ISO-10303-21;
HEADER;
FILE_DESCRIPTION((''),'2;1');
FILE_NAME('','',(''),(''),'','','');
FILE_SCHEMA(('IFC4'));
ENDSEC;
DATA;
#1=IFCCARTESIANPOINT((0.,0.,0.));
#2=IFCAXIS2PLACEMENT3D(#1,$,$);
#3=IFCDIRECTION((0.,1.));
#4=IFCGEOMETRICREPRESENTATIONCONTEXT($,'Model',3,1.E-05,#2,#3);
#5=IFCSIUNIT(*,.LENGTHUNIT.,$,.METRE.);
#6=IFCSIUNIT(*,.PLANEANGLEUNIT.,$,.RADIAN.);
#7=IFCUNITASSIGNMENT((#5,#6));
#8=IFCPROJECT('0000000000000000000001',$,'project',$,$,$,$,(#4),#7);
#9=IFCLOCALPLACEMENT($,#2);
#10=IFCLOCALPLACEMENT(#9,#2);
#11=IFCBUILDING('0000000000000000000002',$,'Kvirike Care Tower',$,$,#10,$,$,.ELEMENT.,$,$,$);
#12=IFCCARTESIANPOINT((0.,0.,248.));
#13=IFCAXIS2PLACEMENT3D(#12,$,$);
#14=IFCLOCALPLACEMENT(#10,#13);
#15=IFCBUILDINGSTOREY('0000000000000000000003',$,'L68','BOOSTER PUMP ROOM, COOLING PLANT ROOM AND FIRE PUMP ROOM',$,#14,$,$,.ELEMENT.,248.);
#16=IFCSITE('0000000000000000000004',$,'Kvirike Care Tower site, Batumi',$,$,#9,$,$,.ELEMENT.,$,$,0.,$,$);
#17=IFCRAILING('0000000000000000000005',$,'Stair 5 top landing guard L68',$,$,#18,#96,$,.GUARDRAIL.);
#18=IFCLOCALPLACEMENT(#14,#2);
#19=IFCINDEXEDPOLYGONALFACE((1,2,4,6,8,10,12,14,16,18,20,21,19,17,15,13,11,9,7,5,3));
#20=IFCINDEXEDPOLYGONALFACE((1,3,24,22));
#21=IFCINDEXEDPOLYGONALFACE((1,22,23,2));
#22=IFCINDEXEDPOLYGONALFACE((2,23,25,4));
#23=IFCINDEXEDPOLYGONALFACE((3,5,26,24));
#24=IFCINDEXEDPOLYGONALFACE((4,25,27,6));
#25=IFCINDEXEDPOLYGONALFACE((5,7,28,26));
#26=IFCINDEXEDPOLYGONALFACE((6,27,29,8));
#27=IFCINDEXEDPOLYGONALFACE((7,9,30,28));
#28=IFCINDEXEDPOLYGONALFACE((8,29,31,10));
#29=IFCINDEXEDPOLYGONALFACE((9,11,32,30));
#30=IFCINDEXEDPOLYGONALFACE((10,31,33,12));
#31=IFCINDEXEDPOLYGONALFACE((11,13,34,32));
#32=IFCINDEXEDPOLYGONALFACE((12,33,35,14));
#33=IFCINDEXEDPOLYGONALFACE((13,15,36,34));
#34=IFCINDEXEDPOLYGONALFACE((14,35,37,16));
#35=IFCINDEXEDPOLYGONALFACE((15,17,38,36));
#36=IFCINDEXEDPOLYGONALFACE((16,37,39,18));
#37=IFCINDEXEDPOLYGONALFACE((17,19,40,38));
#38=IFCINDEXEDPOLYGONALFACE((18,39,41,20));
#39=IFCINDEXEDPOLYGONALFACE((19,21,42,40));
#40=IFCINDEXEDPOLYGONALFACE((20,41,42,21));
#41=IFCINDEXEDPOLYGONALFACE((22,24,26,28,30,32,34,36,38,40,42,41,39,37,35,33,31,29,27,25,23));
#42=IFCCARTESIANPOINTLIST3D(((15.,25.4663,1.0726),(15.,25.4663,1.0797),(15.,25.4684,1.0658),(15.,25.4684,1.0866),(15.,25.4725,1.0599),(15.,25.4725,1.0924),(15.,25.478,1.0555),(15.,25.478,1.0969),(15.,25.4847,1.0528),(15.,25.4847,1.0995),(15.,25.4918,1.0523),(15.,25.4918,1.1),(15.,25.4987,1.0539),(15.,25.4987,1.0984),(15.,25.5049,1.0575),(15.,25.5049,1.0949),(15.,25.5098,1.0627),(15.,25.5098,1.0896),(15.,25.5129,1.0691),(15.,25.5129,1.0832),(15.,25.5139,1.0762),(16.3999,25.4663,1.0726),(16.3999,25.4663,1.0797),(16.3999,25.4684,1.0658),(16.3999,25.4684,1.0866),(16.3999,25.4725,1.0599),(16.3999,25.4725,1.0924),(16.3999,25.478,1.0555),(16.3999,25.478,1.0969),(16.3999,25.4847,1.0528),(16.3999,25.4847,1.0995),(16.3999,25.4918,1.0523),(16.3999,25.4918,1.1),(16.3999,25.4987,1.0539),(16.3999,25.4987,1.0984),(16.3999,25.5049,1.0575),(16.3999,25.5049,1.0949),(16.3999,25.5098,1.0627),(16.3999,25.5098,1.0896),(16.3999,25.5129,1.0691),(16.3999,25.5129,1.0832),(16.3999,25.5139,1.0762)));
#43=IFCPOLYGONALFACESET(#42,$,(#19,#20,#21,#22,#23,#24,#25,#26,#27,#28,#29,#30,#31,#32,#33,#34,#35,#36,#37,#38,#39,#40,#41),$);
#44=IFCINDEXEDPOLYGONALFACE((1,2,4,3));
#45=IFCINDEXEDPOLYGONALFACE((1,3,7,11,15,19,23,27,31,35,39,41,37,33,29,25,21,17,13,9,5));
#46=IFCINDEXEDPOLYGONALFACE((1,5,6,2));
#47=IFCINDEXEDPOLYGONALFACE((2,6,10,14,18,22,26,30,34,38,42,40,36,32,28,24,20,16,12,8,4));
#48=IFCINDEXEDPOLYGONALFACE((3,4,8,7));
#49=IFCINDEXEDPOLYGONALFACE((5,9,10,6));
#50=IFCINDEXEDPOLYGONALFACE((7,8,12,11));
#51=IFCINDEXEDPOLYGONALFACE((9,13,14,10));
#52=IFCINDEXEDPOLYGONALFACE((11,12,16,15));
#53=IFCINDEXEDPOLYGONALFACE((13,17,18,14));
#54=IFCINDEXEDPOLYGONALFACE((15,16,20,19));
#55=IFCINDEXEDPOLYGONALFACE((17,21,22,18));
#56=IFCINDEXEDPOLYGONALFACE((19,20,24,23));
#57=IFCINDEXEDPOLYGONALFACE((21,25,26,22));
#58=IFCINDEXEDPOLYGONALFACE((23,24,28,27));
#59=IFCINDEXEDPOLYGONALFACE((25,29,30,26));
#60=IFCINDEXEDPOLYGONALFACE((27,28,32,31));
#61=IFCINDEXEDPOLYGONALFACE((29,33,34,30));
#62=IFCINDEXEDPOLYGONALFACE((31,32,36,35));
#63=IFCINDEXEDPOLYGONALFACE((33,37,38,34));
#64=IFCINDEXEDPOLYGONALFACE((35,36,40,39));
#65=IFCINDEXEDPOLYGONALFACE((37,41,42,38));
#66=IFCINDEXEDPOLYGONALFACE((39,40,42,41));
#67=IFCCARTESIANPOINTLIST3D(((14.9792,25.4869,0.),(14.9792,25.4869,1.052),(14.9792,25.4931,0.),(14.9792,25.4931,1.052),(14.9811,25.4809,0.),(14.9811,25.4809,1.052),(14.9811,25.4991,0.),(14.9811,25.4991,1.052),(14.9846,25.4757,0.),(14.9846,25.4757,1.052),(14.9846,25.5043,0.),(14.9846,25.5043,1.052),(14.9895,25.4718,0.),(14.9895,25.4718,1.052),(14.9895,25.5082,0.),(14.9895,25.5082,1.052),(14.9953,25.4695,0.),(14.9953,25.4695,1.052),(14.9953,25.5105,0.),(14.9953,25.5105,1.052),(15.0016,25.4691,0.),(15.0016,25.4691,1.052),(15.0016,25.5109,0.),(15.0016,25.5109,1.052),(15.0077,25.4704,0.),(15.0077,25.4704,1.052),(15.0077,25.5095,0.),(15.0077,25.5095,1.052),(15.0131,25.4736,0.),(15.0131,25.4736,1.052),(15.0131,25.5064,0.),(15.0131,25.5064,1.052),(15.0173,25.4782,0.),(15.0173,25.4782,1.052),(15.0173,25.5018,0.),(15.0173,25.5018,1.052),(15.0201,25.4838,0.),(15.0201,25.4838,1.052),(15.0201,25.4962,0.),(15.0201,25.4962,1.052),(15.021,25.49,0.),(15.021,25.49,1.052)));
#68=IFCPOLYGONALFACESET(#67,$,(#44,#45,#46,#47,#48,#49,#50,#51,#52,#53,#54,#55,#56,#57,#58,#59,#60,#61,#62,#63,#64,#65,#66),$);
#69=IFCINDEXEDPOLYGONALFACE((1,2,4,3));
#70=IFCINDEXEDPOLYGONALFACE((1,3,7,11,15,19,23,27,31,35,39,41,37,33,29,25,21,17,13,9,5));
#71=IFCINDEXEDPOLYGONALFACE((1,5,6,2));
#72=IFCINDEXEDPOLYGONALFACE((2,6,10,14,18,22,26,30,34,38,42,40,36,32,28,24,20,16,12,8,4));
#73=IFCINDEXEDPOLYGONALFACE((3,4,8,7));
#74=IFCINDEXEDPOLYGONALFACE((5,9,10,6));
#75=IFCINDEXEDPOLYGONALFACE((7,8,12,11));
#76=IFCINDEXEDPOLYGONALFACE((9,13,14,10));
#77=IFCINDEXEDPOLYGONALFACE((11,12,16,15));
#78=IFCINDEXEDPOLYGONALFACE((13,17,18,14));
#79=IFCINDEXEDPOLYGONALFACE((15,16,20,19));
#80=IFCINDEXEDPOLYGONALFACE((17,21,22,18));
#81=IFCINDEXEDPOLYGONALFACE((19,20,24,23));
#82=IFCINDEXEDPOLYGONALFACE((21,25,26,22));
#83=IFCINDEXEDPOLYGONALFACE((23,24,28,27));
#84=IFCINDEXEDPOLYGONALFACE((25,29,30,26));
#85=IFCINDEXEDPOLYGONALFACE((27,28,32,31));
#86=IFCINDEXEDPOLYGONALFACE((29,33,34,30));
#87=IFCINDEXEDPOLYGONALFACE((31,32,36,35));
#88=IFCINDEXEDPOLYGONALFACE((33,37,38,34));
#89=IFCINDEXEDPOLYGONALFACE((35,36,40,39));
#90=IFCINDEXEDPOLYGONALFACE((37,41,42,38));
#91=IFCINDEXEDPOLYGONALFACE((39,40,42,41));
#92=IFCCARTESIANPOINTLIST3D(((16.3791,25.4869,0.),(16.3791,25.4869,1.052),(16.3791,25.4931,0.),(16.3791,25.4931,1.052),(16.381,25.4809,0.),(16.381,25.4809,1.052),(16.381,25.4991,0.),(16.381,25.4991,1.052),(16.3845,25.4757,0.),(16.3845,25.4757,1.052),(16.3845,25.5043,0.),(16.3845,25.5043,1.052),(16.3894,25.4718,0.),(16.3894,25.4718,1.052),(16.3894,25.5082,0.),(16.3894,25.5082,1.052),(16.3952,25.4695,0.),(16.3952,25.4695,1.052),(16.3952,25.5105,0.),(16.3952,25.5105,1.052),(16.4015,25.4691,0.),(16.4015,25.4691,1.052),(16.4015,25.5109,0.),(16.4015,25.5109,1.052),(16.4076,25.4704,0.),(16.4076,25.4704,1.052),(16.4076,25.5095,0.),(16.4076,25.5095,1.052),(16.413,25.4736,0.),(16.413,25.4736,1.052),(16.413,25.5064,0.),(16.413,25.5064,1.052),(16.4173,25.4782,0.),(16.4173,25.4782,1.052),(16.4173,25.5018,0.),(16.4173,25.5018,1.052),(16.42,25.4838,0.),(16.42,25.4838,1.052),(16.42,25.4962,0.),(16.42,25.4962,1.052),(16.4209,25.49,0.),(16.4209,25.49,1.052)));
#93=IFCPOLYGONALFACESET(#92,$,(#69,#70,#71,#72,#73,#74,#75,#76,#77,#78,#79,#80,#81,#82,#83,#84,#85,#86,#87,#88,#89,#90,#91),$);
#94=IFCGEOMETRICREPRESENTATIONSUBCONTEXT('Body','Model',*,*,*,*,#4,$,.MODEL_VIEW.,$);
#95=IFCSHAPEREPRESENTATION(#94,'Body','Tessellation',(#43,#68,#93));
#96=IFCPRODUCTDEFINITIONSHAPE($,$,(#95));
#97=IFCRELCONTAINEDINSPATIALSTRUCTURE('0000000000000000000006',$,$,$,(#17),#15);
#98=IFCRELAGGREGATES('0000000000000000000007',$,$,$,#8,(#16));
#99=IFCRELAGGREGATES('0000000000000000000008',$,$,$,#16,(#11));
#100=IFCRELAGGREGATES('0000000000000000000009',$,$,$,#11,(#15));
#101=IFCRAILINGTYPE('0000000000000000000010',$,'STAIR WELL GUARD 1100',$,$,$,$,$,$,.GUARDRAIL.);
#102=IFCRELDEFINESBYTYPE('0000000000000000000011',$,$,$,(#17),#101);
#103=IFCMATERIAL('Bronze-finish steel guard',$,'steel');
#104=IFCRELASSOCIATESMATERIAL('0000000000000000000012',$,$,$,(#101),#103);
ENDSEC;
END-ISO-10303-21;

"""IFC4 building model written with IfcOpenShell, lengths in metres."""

from ifc_helpers import new_model, si_unit, direction, frame, origin, origin_2d, place, context, subcontext, project, spatial, circle, extrude, material, type_object, element, save


model = new_model("IFC4")

# Units and contexts
model_context = context("Model", 3, precision=1e-05, world=origin(), true_north=direction((0.0, 1.0)))
body_context = subcontext(model_context, "Body", "Model", "MODEL_VIEW")
ifc_project = project(units=[si_unit("LENGTHUNIT", "METRE"), si_unit("PLANEANGLEUNIT", "RADIAN")], contexts=[model_context])

# Site, building, storey
site_placement = place(None, origin())
site = spatial("IfcSite", under=ifc_project, at=site_placement, Name="Kvirike Care Tower site, Batumi", CompositionType="ELEMENT", RefElevation=0.0)
building_placement = place(site_placement, origin())
building = spatial("IfcBuilding", under=site, at=building_placement, Name="Kvirike Care Tower", CompositionType="ELEMENT")
storey_placement = place(building_placement, frame((0.0, 0.0, 248.0)))
storey = spatial("IfcBuildingStorey", under=building, at=storey_placement, Name="L68", Description="BOOSTER PUMP ROOM, COOLING PLANT ROOM AND FIRE PUMP ROOM", CompositionType="ELEMENT", Elevation=248.0)

# Railing
ifc_material_1 = material(Name="Bronze-finish steel guard", Category="steel")
railing_type = type_object("IfcRailingType", Name="STAIR WELL GUARD 1100", PredefinedType="GUARDRAIL", material=ifc_material_1)
railing_placement = place(storey_placement, frame((15.0, 25.49, 0.0)))
element("IfcRailing", 1, at=railing_placement, inside=storey, type_object=railing_type, Name="Stair 5 top landing guard L68", PredefinedType="GUARDRAIL", context=body_context, shape_type="SweptSolid", body=[
    extrude(circle(Radius=0.0239, at=origin_2d()), frame((0.0, 0.0, 1.0762), z_axis=(1.0, 0.0, 0.0), x_axis=(0.0, 1.0, 0.0)), (0.0, 0.0, 1.0), 1.3999),
    extrude(circle(Radius=0.021, at=origin_2d()), origin(), (0.0, 0.0, 1.0), 1.052),
    extrude(circle(Radius=0.021, at=origin_2d()), frame((1.3999, 0.0, 0.0)), (0.0, 0.0, 1.0), 1.052),
])

save(model, "model.ifc")
